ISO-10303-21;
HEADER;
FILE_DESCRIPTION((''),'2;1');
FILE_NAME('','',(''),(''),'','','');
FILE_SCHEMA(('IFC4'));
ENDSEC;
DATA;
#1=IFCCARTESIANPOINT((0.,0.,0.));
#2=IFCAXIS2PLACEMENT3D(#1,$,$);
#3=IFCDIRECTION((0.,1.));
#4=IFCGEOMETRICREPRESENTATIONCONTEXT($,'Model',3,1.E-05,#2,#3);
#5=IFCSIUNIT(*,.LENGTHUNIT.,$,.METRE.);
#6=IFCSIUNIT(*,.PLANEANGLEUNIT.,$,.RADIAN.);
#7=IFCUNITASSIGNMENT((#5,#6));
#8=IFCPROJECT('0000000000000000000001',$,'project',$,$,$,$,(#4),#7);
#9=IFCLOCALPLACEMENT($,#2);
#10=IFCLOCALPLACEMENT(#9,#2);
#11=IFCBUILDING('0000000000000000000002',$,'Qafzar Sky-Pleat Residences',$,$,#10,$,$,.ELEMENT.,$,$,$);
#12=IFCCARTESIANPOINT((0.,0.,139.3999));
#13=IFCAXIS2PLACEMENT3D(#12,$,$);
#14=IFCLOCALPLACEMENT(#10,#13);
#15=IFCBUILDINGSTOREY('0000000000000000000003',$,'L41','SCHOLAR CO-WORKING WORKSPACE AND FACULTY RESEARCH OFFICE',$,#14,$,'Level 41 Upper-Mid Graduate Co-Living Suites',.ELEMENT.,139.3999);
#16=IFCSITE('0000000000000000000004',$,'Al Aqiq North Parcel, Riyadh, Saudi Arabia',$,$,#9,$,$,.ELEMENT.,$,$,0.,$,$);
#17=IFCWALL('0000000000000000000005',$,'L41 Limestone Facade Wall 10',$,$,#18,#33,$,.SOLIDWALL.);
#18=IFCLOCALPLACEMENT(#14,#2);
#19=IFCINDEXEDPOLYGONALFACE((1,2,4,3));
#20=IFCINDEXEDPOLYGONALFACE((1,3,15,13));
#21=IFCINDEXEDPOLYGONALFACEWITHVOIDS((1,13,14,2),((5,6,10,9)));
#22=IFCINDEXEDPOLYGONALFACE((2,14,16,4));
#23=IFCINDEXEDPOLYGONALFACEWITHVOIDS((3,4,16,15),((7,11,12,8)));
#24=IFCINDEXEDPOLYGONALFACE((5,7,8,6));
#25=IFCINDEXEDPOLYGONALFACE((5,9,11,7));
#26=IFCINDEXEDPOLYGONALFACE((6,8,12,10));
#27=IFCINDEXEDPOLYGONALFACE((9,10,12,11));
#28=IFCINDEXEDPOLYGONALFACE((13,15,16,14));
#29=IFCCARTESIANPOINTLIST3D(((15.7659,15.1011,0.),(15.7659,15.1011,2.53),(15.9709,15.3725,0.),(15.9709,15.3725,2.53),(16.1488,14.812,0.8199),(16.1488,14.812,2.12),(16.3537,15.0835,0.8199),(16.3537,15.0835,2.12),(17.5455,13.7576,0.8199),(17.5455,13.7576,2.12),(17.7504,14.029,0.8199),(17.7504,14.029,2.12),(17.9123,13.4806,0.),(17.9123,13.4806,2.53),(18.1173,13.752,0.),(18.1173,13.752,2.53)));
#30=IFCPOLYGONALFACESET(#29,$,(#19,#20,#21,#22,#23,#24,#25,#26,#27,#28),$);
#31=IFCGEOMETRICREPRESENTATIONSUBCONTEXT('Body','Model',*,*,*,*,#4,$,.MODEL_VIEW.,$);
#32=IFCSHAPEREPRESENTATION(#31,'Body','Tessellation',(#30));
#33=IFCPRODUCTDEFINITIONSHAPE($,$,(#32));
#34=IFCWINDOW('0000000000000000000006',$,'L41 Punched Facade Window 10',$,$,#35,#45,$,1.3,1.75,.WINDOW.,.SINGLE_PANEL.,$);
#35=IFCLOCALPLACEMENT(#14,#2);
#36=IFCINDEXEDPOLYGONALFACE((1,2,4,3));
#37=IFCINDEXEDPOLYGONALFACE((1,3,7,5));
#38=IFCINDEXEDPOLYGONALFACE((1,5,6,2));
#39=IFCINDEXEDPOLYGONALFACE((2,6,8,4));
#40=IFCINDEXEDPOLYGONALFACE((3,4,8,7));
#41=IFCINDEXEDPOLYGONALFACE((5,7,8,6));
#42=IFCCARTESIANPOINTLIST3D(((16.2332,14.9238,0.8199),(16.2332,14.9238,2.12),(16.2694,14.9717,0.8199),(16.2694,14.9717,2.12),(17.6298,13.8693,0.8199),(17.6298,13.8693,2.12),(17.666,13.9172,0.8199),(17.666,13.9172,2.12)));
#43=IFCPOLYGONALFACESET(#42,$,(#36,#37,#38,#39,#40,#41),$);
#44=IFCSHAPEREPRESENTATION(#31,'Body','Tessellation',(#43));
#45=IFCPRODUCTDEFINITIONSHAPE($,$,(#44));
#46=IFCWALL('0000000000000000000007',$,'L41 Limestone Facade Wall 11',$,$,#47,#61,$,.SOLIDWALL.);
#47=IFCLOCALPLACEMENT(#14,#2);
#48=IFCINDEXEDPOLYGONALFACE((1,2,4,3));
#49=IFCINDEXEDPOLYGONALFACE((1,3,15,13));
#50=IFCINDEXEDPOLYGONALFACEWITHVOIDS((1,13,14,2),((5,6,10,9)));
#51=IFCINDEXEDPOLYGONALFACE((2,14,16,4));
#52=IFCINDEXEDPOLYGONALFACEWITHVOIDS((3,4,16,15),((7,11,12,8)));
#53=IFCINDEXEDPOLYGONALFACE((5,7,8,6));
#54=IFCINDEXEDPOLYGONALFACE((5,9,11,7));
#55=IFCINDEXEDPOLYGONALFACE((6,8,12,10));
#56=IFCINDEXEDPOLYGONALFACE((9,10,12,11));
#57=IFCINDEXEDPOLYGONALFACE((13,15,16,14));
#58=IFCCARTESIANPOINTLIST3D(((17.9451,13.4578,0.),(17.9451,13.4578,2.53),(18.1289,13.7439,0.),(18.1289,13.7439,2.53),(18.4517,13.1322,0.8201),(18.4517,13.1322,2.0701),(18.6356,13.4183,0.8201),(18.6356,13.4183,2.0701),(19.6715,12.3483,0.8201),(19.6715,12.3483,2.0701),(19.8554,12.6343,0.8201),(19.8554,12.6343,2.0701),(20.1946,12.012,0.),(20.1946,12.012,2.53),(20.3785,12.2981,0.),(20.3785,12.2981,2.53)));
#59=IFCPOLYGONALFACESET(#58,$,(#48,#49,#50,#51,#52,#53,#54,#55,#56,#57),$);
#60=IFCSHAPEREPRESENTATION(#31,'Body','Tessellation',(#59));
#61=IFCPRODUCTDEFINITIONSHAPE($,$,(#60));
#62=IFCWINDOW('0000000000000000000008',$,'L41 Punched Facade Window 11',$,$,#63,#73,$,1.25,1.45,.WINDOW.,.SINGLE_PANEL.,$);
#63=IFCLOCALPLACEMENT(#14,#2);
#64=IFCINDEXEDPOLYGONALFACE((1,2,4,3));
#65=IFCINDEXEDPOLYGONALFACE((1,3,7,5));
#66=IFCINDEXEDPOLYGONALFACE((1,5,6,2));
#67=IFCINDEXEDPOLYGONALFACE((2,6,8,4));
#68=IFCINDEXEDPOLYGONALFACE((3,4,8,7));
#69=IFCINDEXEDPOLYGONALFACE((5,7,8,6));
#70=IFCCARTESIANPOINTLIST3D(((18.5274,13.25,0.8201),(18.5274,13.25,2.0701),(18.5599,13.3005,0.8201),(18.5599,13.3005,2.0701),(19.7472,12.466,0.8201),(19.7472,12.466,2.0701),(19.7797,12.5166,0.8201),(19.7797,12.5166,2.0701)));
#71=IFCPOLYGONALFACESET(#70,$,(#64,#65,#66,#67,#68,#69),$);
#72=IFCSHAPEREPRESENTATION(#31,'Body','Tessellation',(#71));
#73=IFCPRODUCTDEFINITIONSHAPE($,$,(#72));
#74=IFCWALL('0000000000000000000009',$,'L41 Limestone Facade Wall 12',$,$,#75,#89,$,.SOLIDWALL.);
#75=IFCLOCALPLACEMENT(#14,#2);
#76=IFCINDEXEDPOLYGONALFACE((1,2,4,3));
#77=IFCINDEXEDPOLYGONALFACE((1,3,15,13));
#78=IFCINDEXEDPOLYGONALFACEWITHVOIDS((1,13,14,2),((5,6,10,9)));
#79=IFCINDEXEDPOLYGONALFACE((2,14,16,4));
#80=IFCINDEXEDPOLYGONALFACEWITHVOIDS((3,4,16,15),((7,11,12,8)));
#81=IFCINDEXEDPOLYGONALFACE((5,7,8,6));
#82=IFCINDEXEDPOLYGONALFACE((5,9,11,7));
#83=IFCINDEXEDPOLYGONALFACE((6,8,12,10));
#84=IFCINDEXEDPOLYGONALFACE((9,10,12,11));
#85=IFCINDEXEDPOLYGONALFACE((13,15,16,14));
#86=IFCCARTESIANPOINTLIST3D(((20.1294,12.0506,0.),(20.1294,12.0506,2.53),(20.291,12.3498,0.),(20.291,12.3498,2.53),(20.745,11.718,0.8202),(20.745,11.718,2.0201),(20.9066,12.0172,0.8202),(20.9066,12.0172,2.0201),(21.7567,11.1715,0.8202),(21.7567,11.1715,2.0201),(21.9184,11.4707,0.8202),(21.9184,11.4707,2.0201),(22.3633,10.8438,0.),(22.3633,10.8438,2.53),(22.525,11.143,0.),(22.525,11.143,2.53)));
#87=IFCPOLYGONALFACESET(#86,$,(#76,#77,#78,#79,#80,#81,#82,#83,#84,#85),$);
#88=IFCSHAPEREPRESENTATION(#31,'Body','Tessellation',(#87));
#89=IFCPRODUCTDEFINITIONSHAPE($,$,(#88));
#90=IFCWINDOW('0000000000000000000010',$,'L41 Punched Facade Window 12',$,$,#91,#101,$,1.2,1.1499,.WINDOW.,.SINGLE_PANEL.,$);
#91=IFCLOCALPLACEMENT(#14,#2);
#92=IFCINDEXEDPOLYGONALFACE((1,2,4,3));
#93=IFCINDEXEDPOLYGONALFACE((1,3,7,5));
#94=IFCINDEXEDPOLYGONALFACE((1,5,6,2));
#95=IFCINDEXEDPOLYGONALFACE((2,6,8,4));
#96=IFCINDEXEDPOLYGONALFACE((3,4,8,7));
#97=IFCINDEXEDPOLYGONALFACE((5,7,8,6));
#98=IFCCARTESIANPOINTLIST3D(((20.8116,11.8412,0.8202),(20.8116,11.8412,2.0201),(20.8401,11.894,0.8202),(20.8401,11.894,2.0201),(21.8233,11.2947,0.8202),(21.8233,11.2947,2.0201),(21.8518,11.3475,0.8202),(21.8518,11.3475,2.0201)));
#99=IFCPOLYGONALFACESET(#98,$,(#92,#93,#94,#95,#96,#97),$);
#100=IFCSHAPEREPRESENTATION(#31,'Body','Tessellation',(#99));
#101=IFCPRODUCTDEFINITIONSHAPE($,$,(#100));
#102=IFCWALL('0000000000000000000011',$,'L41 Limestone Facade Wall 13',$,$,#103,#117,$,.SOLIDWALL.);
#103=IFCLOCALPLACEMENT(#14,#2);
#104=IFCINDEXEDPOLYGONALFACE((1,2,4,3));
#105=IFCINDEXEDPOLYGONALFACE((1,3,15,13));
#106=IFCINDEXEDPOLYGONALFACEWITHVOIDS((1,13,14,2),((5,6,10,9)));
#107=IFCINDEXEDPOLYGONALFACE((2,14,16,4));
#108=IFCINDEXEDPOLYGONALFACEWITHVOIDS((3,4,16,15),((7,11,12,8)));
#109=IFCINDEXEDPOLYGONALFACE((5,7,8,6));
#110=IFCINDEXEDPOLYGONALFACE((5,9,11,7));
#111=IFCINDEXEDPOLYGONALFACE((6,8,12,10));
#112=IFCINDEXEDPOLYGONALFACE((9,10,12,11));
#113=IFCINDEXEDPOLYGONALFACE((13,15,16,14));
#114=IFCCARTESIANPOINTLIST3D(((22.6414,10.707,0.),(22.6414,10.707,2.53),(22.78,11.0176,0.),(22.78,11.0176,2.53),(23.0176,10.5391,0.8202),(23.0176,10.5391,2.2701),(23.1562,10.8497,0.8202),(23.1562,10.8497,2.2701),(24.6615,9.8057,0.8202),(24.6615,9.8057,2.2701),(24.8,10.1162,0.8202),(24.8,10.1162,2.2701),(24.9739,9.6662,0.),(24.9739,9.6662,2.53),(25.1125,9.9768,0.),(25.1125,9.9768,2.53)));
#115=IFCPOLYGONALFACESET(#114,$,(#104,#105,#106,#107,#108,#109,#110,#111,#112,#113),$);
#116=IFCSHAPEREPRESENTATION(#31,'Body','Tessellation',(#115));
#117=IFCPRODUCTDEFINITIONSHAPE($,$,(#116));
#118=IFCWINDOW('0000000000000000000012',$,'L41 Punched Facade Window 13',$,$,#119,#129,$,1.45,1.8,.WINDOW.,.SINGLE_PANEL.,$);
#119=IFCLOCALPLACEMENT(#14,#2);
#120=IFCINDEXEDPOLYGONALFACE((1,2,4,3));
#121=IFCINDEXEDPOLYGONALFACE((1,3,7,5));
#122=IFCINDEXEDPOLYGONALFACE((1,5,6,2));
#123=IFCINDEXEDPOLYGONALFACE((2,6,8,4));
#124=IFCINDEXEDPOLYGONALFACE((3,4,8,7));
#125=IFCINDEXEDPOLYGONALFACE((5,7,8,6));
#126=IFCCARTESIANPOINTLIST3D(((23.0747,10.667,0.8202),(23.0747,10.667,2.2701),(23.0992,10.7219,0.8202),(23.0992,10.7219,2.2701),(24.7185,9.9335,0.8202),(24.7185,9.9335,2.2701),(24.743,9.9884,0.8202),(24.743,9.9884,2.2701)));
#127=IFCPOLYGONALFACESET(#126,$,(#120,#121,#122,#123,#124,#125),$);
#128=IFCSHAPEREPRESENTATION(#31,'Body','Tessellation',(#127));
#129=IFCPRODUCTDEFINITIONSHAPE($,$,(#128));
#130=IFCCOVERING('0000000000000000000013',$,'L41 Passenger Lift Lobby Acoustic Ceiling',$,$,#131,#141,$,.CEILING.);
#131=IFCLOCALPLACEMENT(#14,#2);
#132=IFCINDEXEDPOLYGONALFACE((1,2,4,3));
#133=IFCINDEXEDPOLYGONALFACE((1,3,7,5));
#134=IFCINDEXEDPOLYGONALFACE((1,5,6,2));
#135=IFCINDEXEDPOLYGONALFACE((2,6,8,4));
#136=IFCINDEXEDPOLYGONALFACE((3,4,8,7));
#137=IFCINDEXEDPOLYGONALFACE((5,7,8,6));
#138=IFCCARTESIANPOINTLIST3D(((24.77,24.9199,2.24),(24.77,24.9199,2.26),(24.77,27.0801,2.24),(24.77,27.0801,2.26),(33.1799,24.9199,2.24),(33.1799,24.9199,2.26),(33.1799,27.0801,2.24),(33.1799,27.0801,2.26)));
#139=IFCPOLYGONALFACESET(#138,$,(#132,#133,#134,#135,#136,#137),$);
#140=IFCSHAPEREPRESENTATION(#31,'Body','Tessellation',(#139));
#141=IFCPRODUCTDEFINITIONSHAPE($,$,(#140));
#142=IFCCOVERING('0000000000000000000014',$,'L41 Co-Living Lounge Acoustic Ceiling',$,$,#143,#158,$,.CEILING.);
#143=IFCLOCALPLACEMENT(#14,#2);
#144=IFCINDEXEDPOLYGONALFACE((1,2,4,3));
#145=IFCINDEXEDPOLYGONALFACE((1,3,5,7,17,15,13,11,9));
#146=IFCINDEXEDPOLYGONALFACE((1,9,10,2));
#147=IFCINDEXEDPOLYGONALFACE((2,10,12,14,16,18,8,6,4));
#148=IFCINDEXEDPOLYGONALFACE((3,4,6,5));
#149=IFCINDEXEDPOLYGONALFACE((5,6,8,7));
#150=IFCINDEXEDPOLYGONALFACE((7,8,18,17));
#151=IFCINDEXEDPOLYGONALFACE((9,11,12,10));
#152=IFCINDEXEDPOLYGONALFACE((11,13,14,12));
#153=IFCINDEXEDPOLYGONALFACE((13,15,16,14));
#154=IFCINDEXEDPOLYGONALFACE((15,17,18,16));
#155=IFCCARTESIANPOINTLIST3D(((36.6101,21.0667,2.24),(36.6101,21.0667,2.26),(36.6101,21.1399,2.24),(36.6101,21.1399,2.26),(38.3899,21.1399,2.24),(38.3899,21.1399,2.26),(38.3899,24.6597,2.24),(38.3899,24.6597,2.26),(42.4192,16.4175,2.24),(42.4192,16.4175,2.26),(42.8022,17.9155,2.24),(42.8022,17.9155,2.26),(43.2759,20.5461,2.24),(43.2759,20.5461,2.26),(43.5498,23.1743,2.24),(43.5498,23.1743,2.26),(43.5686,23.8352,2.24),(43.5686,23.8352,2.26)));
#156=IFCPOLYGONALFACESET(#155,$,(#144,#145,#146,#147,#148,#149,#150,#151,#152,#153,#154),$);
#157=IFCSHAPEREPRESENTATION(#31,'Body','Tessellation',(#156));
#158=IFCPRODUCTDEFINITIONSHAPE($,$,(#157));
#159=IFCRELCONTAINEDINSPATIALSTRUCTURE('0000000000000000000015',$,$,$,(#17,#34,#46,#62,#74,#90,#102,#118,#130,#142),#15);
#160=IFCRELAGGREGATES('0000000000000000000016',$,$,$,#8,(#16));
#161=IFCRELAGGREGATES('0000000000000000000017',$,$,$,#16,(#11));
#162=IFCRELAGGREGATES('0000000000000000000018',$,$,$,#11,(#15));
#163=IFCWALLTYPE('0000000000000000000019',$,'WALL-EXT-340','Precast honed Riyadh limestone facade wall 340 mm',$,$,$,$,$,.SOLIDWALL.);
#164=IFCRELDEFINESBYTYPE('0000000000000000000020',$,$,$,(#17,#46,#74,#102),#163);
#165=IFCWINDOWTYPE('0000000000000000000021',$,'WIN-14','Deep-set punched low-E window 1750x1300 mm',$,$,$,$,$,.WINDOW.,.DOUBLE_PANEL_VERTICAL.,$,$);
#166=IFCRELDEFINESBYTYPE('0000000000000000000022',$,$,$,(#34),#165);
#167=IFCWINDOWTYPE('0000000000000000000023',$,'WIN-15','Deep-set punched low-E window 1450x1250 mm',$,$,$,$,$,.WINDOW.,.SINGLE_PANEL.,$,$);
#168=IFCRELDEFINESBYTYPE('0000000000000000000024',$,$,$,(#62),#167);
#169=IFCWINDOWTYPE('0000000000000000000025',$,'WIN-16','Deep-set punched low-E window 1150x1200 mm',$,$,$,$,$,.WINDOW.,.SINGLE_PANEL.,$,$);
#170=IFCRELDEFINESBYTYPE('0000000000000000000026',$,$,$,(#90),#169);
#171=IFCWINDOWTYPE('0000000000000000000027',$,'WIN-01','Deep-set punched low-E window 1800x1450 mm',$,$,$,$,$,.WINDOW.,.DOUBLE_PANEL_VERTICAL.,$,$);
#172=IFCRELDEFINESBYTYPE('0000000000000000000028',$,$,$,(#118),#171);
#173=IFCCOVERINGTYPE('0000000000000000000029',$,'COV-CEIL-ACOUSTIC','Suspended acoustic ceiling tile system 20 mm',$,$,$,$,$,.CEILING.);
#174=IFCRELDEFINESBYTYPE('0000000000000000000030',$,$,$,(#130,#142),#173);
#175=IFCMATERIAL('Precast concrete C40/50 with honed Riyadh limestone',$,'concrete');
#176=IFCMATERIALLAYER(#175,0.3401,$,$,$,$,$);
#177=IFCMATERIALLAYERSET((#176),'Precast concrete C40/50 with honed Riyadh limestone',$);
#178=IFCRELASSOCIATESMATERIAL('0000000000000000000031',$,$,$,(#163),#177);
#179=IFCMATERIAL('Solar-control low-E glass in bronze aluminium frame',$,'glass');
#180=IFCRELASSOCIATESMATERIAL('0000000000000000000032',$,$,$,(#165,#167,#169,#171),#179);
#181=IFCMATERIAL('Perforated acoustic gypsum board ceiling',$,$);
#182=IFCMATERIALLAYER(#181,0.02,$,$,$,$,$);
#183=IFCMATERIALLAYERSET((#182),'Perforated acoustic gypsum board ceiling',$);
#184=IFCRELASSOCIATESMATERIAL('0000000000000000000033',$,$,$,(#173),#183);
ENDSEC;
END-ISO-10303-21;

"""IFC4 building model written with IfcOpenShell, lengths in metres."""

from ifc_helpers import new_model, si_unit, direction, frame, frame_2d, origin, place, context, subcontext, project, spatial, polyline, rectangle, outline, extrude, source, transform, mapped, material, layer, layer_set, type_object, element, fill, save


model = new_model("IFC4")

# Units and contexts
model_context = context("Model", 3, precision=1e-05, world=origin(), true_north=direction((0.0, 1.0)))
body_context = subcontext(model_context, "Body", "Model", "MODEL_VIEW")
ifc_project = project(units=[si_unit("LENGTHUNIT", "METRE"), si_unit("PLANEANGLEUNIT", "RADIAN")], contexts=[model_context])

# Site, building, storey
site_placement = place(None, origin())
site = spatial("IfcSite", under=ifc_project, at=site_placement, Name="Al Aqiq North Parcel, Riyadh, Saudi Arabia", CompositionType="ELEMENT", RefElevation=0.0)
building_placement = place(site_placement, origin())
building = spatial("IfcBuilding", under=site, at=building_placement, Name="Qafzar Sky-Pleat Residences", CompositionType="ELEMENT")
storey_placement = place(building_placement, frame((0.0, 0.0, 139.3999)))
storey = spatial("IfcBuildingStorey", under=building, at=storey_placement, Name="L41", Description="SCHOLAR CO-WORKING WORKSPACE AND FACULTY RESEARCH OFFICE", LongName="Level 41 Upper-Mid Graduate Co-Living Suites", CompositionType="ELEMENT", Elevation=139.3999)

# Walls, openings, windows
ifc_material_1 = material(Name="Precast concrete C40/50 with honed Riyadh limestone", Category="concrete")
ifc_layer_1 = layer(ifc_material_1, 0.3401)
ifc_layer_set_1 = layer_set([ifc_layer_1], Name="Precast concrete C40/50 with honed Riyadh limestone")
wall_type_1 = type_object("IfcWallType", Name="WALL-EXT-340", Description="Precast honed Riyadh limestone facade wall 340 mm", PredefinedType="SOLIDWALL", material=ifc_layer_set_1)
wall_1_placement = place(storey_placement, frame((15.8684, 15.2368, 0.0), z_axis=(0.0, 0.0, 1.0), x_axis=(0.798079, -0.602553, 0.0)))
wall_1 = element("IfcWall", 1, at=wall_1_placement, inside=storey, type_object=wall_type_1, Name="L41 Limestone Facade Wall 10", PredefinedType="SOLIDWALL", context=body_context, shape_type="SweptSolid", body=[
    extrude(rectangle(XDim=2.6895, YDim=0.3401, at=frame_2d((1.3447, 0.0))), origin(), (0.0, 0.0, 1.0), 2.53),
])
opening_1_placement = place(wall_1_placement, frame((0.4797, 0.0, 0.8201)))
opening_1 = element("IfcOpeningElement", 2, at=opening_1_placement, cuts=wall_1, PredefinedType="OPENING", context=body_context, shape_type="SweptSolid", body=[
    extrude(rectangle(XDim=1.75, YDim=1.3, at=frame_2d((0.875, 0.6499))), frame((0.0, 0.1802, 0.0), z_axis=(0.0, -1.0, 0.0), x_axis=(1.0, 0.0, 0.0)), (0.0, 0.0, 1.0), 0.3601),
])
ifc_material_2 = material(Name="Solar-control low-E glass in bronze aluminium frame", Category="glass")
window_type_1 = type_object("IfcWindowType", Name="WIN-14", Description="Deep-set punched low-E window 1750x1300 mm", PartitioningType="DOUBLE_PANEL_VERTICAL", PredefinedType="WINDOW", material=ifc_material_2)
shared_shape_1 = source(origin(), body_context, "Body", "SweptSolid", [
    extrude(rectangle(XDim=1.75, YDim=1.3, at=frame_2d((0.875, 0.6499))), frame((0.0, 0.03, 0.0), z_axis=(0.0, -1.0, 0.0), x_axis=(1.0, 0.0, 0.0)), (0.0, 0.0, 1.0), 0.0601),
])
window_1_placement = place(opening_1_placement, origin())
window_1 = element("IfcWindow", 3, at=window_1_placement, inside=storey, type_object=window_type_1, Name="L41 Punched Facade Window 10", OverallHeight=1.3, OverallWidth=1.75, PartitioningType="SINGLE_PANEL", PredefinedType="WINDOW", context=body_context, shape_type="MappedRepresentation", body=[
    mapped(shared_shape_1, transform((0.0, 0.0, 0.0), x_axis=(1.0, 0.0, 0.0), y_axis=(0.0, 1.0, 0.0), z_axis=(0.0, 0.0, 1.0), scale=1.0)),
])
fill(opening_1, window_1)
wall_2_placement = place(storey_placement, frame((18.0371, 13.6008, 0.0), z_axis=(0.0, 0.0, 1.0), x_axis=(0.841232, -0.540675, 0.0)))
wall_2 = element("IfcWall", 4, at=wall_2_placement, inside=storey, type_object=wall_type_1, Name="L41 Limestone Facade Wall 11", PredefinedType="SOLIDWALL", context=body_context, shape_type="SweptSolid", body=[
    extrude(rectangle(XDim=2.6741, YDim=0.3401, at=frame_2d((1.3369, 0.0))), origin(), (0.0, 0.0, 1.0), 2.53),
])
opening_2_placement = place(wall_2_placement, frame((0.6021, 0.0, 0.8201)))
opening_2 = element("IfcOpeningElement", 5, at=opening_2_placement, cuts=wall_2, PredefinedType="OPENING", context=body_context, shape_type="SweptSolid", body=[
    extrude(rectangle(XDim=1.45, YDim=1.25, at=frame_2d((0.7251, 0.625))), frame((0.0, 0.1802, 0.0), z_axis=(0.0, -1.0, 0.0), x_axis=(1.0, 0.0, 0.0)), (0.0, 0.0, 1.0), 0.3601),
])
window_type_2 = type_object("IfcWindowType", Name="WIN-15", Description="Deep-set punched low-E window 1450x1250 mm", PartitioningType="SINGLE_PANEL", PredefinedType="WINDOW", material=ifc_material_2)
shared_shape_2 = source(origin(), body_context, "Body", "SweptSolid", [
    extrude(rectangle(XDim=1.45, YDim=1.25, at=frame_2d((0.7251, 0.625))), frame((0.0, 0.03, 0.0), z_axis=(0.0, -1.0, 0.0), x_axis=(1.0, 0.0, 0.0)), (0.0, 0.0, 1.0), 0.0601),
])
window_2_placement = place(opening_2_placement, origin())
window_2 = element("IfcWindow", 6, at=window_2_placement, inside=storey, type_object=window_type_2, Name="L41 Punched Facade Window 11", OverallHeight=1.25, OverallWidth=1.45, PartitioningType="SINGLE_PANEL", PredefinedType="WINDOW", context=body_context, shape_type="MappedRepresentation", body=[
    mapped(shared_shape_2, transform((0.0, 0.0, 0.0), x_axis=(1.0, 0.0, 0.0), y_axis=(0.0, 1.0, 0.0), z_axis=(0.0, 0.0, 1.0), scale=1.0)),
])
fill(opening_2, window_2)
wall_3_placement = place(storey_placement, frame((20.2102, 12.2002, 0.0), z_axis=(0.0, 0.0, 1.0), x_axis=(0.879825, -0.475298, 0.0)))
wall_3 = element("IfcWall", 7, at=wall_3_placement, inside=storey, type_object=wall_type_1, Name="L41 Limestone Facade Wall 12", PredefinedType="SOLIDWALL", context=body_context, shape_type="SweptSolid", body=[
    extrude(rectangle(XDim=2.5391, YDim=0.3401, at=frame_2d((1.2695, 0.0))), origin(), (0.0, 0.0, 1.0), 2.53),
])
opening_3_placement = place(wall_3_placement, frame((0.6997, 0.0, 0.8201)))
opening_3 = element("IfcOpeningElement", 8, at=opening_3_placement, cuts=wall_3, PredefinedType="OPENING", context=body_context, shape_type="SweptSolid", body=[
    extrude(rectangle(XDim=1.1499, YDim=1.2, at=frame_2d((0.575, 0.6001))), frame((0.0, 0.1802, 0.0), z_axis=(0.0, -1.0, 0.0), x_axis=(1.0, 0.0, 0.0)), (0.0, 0.0, 1.0), 0.3601),
])
window_type_3 = type_object("IfcWindowType", Name="WIN-16", Description="Deep-set punched low-E window 1150x1200 mm", PartitioningType="SINGLE_PANEL", PredefinedType="WINDOW", material=ifc_material_2)
shared_shape_3 = source(origin(), body_context, "Body", "SweptSolid", [
    extrude(rectangle(XDim=1.1499, YDim=1.2, at=frame_2d((0.575, 0.6001))), frame((0.0, 0.03, 0.0), z_axis=(0.0, -1.0, 0.0), x_axis=(1.0, 0.0, 0.0)), (0.0, 0.0, 1.0), 0.0601),
])
window_3_placement = place(opening_3_placement, origin())
window_3 = element("IfcWindow", 9, at=window_3_placement, inside=storey, type_object=window_type_3, Name="L41 Punched Facade Window 12", OverallHeight=1.2, OverallWidth=1.1499, PartitioningType="SINGLE_PANEL", PredefinedType="WINDOW", context=body_context, shape_type="MappedRepresentation", body=[
    mapped(shared_shape_3, transform((0.0, 0.0, 0.0), x_axis=(1.0, 0.0, 0.0), y_axis=(0.0, 1.0, 0.0), z_axis=(0.0, 0.0, 1.0), scale=1.0)),
])
fill(opening_3, window_3)
wall_4_placement = place(storey_placement, frame((22.7107, 10.8623, 0.0), z_axis=(0.0, 0.0, 1.0), x_axis=(0.913215, -0.407477, 0.0)))
wall_4 = element("IfcWall", 10, at=wall_4_placement, inside=storey, type_object=wall_type_1, Name="L41 Limestone Facade Wall 13", PredefinedType="SOLIDWALL", context=body_context, shape_type="SweptSolid", body=[
    extrude(rectangle(XDim=2.5542, YDim=0.3401, at=frame_2d((1.2771, 0.0))), origin(), (0.0, 0.0, 1.0), 2.53),
])
opening_4_placement = place(wall_4_placement, frame((0.4121, 0.0, 0.8201)))
opening_4 = element("IfcOpeningElement", 11, at=opening_4_placement, cuts=wall_4, PredefinedType="OPENING", context=body_context, shape_type="SweptSolid", body=[
    extrude(rectangle(XDim=1.8, YDim=1.45, at=frame_2d((0.8999, 0.7251))), frame((0.0, 0.1802, 0.0), z_axis=(0.0, -1.0, 0.0), x_axis=(1.0, 0.0, 0.0)), (0.0, 0.0, 1.0), 0.3601),
])
window_type_4 = type_object("IfcWindowType", Name="WIN-01", Description="Deep-set punched low-E window 1800x1450 mm", PartitioningType="DOUBLE_PANEL_VERTICAL", PredefinedType="WINDOW", material=ifc_material_2)
shared_shape_4 = source(origin(), body_context, "Body", "SweptSolid", [
    extrude(rectangle(XDim=1.8, YDim=1.45, at=frame_2d((0.8999, 0.7251))), frame((0.0, 0.03, 0.0), z_axis=(0.0, -1.0, 0.0), x_axis=(1.0, 0.0, 0.0)), (0.0, 0.0, 1.0), 0.0601),
])
window_4_placement = place(opening_4_placement, origin())
window_4 = element("IfcWindow", 12, at=window_4_placement, inside=storey, type_object=window_type_4, Name="L41 Punched Facade Window 13", OverallHeight=1.45, OverallWidth=1.8, PartitioningType="SINGLE_PANEL", PredefinedType="WINDOW", context=body_context, shape_type="MappedRepresentation", body=[
    mapped(shared_shape_4, transform((0.0, 0.0, 0.0), x_axis=(1.0, 0.0, 0.0), y_axis=(0.0, 1.0, 0.0), z_axis=(0.0, 0.0, 1.0), scale=1.0)),
])
fill(opening_4, window_4)

# Coverings
ifc_material_3 = material(Name="Perforated acoustic gypsum board ceiling")
ifc_layer_2 = layer(ifc_material_3, 0.02)
ifc_layer_set_2 = layer_set([ifc_layer_2], Name="Perforated acoustic gypsum board ceiling")
covering_type_1 = type_object("IfcCoveringType", Name="COV-CEIL-ACOUSTIC", Description="Suspended acoustic ceiling tile system 20 mm", PredefinedType="CEILING", material=ifc_layer_set_2)
covering_1_placement = place(storey_placement, frame((0.0, 0.0, 2.24)))
element("IfcCovering", 13, at=covering_1_placement, inside=storey, type_object=covering_type_1, Name="L41 Passenger Lift Lobby Acoustic Ceiling", PredefinedType="CEILING", context=body_context, shape_type="SweptSolid", body=[
    extrude(outline(polyline([(33.1799, 24.9199), (24.77, 24.9199), (24.77, 27.0801), (33.1799, 27.0801), (33.1799, 24.9199)])), origin(), (0.0, 0.0, 1.0), 0.02),
])
covering_2_placement = place(storey_placement, frame((0.0, 0.0, 2.24)))
element("IfcCovering", 14, at=covering_2_placement, inside=storey, type_object=covering_type_1, Name="L41 Co-Living Lounge Acoustic Ceiling", PredefinedType="CEILING", context=body_context, shape_type="SweptSolid", body=[
    extrude(outline(polyline([(43.5498, 23.1743), (43.2759, 20.5461), (42.8022, 17.9155), (42.4192, 16.4175), (36.6101, 21.0667), (36.6101, 21.1399), (38.3899, 21.1399), (38.3899, 24.6597), (43.5686, 23.8352), (43.5498, 23.1743)])), origin(), (0.0, 0.0, 1.0), 0.02),
])

save(model, "model.ifc")
